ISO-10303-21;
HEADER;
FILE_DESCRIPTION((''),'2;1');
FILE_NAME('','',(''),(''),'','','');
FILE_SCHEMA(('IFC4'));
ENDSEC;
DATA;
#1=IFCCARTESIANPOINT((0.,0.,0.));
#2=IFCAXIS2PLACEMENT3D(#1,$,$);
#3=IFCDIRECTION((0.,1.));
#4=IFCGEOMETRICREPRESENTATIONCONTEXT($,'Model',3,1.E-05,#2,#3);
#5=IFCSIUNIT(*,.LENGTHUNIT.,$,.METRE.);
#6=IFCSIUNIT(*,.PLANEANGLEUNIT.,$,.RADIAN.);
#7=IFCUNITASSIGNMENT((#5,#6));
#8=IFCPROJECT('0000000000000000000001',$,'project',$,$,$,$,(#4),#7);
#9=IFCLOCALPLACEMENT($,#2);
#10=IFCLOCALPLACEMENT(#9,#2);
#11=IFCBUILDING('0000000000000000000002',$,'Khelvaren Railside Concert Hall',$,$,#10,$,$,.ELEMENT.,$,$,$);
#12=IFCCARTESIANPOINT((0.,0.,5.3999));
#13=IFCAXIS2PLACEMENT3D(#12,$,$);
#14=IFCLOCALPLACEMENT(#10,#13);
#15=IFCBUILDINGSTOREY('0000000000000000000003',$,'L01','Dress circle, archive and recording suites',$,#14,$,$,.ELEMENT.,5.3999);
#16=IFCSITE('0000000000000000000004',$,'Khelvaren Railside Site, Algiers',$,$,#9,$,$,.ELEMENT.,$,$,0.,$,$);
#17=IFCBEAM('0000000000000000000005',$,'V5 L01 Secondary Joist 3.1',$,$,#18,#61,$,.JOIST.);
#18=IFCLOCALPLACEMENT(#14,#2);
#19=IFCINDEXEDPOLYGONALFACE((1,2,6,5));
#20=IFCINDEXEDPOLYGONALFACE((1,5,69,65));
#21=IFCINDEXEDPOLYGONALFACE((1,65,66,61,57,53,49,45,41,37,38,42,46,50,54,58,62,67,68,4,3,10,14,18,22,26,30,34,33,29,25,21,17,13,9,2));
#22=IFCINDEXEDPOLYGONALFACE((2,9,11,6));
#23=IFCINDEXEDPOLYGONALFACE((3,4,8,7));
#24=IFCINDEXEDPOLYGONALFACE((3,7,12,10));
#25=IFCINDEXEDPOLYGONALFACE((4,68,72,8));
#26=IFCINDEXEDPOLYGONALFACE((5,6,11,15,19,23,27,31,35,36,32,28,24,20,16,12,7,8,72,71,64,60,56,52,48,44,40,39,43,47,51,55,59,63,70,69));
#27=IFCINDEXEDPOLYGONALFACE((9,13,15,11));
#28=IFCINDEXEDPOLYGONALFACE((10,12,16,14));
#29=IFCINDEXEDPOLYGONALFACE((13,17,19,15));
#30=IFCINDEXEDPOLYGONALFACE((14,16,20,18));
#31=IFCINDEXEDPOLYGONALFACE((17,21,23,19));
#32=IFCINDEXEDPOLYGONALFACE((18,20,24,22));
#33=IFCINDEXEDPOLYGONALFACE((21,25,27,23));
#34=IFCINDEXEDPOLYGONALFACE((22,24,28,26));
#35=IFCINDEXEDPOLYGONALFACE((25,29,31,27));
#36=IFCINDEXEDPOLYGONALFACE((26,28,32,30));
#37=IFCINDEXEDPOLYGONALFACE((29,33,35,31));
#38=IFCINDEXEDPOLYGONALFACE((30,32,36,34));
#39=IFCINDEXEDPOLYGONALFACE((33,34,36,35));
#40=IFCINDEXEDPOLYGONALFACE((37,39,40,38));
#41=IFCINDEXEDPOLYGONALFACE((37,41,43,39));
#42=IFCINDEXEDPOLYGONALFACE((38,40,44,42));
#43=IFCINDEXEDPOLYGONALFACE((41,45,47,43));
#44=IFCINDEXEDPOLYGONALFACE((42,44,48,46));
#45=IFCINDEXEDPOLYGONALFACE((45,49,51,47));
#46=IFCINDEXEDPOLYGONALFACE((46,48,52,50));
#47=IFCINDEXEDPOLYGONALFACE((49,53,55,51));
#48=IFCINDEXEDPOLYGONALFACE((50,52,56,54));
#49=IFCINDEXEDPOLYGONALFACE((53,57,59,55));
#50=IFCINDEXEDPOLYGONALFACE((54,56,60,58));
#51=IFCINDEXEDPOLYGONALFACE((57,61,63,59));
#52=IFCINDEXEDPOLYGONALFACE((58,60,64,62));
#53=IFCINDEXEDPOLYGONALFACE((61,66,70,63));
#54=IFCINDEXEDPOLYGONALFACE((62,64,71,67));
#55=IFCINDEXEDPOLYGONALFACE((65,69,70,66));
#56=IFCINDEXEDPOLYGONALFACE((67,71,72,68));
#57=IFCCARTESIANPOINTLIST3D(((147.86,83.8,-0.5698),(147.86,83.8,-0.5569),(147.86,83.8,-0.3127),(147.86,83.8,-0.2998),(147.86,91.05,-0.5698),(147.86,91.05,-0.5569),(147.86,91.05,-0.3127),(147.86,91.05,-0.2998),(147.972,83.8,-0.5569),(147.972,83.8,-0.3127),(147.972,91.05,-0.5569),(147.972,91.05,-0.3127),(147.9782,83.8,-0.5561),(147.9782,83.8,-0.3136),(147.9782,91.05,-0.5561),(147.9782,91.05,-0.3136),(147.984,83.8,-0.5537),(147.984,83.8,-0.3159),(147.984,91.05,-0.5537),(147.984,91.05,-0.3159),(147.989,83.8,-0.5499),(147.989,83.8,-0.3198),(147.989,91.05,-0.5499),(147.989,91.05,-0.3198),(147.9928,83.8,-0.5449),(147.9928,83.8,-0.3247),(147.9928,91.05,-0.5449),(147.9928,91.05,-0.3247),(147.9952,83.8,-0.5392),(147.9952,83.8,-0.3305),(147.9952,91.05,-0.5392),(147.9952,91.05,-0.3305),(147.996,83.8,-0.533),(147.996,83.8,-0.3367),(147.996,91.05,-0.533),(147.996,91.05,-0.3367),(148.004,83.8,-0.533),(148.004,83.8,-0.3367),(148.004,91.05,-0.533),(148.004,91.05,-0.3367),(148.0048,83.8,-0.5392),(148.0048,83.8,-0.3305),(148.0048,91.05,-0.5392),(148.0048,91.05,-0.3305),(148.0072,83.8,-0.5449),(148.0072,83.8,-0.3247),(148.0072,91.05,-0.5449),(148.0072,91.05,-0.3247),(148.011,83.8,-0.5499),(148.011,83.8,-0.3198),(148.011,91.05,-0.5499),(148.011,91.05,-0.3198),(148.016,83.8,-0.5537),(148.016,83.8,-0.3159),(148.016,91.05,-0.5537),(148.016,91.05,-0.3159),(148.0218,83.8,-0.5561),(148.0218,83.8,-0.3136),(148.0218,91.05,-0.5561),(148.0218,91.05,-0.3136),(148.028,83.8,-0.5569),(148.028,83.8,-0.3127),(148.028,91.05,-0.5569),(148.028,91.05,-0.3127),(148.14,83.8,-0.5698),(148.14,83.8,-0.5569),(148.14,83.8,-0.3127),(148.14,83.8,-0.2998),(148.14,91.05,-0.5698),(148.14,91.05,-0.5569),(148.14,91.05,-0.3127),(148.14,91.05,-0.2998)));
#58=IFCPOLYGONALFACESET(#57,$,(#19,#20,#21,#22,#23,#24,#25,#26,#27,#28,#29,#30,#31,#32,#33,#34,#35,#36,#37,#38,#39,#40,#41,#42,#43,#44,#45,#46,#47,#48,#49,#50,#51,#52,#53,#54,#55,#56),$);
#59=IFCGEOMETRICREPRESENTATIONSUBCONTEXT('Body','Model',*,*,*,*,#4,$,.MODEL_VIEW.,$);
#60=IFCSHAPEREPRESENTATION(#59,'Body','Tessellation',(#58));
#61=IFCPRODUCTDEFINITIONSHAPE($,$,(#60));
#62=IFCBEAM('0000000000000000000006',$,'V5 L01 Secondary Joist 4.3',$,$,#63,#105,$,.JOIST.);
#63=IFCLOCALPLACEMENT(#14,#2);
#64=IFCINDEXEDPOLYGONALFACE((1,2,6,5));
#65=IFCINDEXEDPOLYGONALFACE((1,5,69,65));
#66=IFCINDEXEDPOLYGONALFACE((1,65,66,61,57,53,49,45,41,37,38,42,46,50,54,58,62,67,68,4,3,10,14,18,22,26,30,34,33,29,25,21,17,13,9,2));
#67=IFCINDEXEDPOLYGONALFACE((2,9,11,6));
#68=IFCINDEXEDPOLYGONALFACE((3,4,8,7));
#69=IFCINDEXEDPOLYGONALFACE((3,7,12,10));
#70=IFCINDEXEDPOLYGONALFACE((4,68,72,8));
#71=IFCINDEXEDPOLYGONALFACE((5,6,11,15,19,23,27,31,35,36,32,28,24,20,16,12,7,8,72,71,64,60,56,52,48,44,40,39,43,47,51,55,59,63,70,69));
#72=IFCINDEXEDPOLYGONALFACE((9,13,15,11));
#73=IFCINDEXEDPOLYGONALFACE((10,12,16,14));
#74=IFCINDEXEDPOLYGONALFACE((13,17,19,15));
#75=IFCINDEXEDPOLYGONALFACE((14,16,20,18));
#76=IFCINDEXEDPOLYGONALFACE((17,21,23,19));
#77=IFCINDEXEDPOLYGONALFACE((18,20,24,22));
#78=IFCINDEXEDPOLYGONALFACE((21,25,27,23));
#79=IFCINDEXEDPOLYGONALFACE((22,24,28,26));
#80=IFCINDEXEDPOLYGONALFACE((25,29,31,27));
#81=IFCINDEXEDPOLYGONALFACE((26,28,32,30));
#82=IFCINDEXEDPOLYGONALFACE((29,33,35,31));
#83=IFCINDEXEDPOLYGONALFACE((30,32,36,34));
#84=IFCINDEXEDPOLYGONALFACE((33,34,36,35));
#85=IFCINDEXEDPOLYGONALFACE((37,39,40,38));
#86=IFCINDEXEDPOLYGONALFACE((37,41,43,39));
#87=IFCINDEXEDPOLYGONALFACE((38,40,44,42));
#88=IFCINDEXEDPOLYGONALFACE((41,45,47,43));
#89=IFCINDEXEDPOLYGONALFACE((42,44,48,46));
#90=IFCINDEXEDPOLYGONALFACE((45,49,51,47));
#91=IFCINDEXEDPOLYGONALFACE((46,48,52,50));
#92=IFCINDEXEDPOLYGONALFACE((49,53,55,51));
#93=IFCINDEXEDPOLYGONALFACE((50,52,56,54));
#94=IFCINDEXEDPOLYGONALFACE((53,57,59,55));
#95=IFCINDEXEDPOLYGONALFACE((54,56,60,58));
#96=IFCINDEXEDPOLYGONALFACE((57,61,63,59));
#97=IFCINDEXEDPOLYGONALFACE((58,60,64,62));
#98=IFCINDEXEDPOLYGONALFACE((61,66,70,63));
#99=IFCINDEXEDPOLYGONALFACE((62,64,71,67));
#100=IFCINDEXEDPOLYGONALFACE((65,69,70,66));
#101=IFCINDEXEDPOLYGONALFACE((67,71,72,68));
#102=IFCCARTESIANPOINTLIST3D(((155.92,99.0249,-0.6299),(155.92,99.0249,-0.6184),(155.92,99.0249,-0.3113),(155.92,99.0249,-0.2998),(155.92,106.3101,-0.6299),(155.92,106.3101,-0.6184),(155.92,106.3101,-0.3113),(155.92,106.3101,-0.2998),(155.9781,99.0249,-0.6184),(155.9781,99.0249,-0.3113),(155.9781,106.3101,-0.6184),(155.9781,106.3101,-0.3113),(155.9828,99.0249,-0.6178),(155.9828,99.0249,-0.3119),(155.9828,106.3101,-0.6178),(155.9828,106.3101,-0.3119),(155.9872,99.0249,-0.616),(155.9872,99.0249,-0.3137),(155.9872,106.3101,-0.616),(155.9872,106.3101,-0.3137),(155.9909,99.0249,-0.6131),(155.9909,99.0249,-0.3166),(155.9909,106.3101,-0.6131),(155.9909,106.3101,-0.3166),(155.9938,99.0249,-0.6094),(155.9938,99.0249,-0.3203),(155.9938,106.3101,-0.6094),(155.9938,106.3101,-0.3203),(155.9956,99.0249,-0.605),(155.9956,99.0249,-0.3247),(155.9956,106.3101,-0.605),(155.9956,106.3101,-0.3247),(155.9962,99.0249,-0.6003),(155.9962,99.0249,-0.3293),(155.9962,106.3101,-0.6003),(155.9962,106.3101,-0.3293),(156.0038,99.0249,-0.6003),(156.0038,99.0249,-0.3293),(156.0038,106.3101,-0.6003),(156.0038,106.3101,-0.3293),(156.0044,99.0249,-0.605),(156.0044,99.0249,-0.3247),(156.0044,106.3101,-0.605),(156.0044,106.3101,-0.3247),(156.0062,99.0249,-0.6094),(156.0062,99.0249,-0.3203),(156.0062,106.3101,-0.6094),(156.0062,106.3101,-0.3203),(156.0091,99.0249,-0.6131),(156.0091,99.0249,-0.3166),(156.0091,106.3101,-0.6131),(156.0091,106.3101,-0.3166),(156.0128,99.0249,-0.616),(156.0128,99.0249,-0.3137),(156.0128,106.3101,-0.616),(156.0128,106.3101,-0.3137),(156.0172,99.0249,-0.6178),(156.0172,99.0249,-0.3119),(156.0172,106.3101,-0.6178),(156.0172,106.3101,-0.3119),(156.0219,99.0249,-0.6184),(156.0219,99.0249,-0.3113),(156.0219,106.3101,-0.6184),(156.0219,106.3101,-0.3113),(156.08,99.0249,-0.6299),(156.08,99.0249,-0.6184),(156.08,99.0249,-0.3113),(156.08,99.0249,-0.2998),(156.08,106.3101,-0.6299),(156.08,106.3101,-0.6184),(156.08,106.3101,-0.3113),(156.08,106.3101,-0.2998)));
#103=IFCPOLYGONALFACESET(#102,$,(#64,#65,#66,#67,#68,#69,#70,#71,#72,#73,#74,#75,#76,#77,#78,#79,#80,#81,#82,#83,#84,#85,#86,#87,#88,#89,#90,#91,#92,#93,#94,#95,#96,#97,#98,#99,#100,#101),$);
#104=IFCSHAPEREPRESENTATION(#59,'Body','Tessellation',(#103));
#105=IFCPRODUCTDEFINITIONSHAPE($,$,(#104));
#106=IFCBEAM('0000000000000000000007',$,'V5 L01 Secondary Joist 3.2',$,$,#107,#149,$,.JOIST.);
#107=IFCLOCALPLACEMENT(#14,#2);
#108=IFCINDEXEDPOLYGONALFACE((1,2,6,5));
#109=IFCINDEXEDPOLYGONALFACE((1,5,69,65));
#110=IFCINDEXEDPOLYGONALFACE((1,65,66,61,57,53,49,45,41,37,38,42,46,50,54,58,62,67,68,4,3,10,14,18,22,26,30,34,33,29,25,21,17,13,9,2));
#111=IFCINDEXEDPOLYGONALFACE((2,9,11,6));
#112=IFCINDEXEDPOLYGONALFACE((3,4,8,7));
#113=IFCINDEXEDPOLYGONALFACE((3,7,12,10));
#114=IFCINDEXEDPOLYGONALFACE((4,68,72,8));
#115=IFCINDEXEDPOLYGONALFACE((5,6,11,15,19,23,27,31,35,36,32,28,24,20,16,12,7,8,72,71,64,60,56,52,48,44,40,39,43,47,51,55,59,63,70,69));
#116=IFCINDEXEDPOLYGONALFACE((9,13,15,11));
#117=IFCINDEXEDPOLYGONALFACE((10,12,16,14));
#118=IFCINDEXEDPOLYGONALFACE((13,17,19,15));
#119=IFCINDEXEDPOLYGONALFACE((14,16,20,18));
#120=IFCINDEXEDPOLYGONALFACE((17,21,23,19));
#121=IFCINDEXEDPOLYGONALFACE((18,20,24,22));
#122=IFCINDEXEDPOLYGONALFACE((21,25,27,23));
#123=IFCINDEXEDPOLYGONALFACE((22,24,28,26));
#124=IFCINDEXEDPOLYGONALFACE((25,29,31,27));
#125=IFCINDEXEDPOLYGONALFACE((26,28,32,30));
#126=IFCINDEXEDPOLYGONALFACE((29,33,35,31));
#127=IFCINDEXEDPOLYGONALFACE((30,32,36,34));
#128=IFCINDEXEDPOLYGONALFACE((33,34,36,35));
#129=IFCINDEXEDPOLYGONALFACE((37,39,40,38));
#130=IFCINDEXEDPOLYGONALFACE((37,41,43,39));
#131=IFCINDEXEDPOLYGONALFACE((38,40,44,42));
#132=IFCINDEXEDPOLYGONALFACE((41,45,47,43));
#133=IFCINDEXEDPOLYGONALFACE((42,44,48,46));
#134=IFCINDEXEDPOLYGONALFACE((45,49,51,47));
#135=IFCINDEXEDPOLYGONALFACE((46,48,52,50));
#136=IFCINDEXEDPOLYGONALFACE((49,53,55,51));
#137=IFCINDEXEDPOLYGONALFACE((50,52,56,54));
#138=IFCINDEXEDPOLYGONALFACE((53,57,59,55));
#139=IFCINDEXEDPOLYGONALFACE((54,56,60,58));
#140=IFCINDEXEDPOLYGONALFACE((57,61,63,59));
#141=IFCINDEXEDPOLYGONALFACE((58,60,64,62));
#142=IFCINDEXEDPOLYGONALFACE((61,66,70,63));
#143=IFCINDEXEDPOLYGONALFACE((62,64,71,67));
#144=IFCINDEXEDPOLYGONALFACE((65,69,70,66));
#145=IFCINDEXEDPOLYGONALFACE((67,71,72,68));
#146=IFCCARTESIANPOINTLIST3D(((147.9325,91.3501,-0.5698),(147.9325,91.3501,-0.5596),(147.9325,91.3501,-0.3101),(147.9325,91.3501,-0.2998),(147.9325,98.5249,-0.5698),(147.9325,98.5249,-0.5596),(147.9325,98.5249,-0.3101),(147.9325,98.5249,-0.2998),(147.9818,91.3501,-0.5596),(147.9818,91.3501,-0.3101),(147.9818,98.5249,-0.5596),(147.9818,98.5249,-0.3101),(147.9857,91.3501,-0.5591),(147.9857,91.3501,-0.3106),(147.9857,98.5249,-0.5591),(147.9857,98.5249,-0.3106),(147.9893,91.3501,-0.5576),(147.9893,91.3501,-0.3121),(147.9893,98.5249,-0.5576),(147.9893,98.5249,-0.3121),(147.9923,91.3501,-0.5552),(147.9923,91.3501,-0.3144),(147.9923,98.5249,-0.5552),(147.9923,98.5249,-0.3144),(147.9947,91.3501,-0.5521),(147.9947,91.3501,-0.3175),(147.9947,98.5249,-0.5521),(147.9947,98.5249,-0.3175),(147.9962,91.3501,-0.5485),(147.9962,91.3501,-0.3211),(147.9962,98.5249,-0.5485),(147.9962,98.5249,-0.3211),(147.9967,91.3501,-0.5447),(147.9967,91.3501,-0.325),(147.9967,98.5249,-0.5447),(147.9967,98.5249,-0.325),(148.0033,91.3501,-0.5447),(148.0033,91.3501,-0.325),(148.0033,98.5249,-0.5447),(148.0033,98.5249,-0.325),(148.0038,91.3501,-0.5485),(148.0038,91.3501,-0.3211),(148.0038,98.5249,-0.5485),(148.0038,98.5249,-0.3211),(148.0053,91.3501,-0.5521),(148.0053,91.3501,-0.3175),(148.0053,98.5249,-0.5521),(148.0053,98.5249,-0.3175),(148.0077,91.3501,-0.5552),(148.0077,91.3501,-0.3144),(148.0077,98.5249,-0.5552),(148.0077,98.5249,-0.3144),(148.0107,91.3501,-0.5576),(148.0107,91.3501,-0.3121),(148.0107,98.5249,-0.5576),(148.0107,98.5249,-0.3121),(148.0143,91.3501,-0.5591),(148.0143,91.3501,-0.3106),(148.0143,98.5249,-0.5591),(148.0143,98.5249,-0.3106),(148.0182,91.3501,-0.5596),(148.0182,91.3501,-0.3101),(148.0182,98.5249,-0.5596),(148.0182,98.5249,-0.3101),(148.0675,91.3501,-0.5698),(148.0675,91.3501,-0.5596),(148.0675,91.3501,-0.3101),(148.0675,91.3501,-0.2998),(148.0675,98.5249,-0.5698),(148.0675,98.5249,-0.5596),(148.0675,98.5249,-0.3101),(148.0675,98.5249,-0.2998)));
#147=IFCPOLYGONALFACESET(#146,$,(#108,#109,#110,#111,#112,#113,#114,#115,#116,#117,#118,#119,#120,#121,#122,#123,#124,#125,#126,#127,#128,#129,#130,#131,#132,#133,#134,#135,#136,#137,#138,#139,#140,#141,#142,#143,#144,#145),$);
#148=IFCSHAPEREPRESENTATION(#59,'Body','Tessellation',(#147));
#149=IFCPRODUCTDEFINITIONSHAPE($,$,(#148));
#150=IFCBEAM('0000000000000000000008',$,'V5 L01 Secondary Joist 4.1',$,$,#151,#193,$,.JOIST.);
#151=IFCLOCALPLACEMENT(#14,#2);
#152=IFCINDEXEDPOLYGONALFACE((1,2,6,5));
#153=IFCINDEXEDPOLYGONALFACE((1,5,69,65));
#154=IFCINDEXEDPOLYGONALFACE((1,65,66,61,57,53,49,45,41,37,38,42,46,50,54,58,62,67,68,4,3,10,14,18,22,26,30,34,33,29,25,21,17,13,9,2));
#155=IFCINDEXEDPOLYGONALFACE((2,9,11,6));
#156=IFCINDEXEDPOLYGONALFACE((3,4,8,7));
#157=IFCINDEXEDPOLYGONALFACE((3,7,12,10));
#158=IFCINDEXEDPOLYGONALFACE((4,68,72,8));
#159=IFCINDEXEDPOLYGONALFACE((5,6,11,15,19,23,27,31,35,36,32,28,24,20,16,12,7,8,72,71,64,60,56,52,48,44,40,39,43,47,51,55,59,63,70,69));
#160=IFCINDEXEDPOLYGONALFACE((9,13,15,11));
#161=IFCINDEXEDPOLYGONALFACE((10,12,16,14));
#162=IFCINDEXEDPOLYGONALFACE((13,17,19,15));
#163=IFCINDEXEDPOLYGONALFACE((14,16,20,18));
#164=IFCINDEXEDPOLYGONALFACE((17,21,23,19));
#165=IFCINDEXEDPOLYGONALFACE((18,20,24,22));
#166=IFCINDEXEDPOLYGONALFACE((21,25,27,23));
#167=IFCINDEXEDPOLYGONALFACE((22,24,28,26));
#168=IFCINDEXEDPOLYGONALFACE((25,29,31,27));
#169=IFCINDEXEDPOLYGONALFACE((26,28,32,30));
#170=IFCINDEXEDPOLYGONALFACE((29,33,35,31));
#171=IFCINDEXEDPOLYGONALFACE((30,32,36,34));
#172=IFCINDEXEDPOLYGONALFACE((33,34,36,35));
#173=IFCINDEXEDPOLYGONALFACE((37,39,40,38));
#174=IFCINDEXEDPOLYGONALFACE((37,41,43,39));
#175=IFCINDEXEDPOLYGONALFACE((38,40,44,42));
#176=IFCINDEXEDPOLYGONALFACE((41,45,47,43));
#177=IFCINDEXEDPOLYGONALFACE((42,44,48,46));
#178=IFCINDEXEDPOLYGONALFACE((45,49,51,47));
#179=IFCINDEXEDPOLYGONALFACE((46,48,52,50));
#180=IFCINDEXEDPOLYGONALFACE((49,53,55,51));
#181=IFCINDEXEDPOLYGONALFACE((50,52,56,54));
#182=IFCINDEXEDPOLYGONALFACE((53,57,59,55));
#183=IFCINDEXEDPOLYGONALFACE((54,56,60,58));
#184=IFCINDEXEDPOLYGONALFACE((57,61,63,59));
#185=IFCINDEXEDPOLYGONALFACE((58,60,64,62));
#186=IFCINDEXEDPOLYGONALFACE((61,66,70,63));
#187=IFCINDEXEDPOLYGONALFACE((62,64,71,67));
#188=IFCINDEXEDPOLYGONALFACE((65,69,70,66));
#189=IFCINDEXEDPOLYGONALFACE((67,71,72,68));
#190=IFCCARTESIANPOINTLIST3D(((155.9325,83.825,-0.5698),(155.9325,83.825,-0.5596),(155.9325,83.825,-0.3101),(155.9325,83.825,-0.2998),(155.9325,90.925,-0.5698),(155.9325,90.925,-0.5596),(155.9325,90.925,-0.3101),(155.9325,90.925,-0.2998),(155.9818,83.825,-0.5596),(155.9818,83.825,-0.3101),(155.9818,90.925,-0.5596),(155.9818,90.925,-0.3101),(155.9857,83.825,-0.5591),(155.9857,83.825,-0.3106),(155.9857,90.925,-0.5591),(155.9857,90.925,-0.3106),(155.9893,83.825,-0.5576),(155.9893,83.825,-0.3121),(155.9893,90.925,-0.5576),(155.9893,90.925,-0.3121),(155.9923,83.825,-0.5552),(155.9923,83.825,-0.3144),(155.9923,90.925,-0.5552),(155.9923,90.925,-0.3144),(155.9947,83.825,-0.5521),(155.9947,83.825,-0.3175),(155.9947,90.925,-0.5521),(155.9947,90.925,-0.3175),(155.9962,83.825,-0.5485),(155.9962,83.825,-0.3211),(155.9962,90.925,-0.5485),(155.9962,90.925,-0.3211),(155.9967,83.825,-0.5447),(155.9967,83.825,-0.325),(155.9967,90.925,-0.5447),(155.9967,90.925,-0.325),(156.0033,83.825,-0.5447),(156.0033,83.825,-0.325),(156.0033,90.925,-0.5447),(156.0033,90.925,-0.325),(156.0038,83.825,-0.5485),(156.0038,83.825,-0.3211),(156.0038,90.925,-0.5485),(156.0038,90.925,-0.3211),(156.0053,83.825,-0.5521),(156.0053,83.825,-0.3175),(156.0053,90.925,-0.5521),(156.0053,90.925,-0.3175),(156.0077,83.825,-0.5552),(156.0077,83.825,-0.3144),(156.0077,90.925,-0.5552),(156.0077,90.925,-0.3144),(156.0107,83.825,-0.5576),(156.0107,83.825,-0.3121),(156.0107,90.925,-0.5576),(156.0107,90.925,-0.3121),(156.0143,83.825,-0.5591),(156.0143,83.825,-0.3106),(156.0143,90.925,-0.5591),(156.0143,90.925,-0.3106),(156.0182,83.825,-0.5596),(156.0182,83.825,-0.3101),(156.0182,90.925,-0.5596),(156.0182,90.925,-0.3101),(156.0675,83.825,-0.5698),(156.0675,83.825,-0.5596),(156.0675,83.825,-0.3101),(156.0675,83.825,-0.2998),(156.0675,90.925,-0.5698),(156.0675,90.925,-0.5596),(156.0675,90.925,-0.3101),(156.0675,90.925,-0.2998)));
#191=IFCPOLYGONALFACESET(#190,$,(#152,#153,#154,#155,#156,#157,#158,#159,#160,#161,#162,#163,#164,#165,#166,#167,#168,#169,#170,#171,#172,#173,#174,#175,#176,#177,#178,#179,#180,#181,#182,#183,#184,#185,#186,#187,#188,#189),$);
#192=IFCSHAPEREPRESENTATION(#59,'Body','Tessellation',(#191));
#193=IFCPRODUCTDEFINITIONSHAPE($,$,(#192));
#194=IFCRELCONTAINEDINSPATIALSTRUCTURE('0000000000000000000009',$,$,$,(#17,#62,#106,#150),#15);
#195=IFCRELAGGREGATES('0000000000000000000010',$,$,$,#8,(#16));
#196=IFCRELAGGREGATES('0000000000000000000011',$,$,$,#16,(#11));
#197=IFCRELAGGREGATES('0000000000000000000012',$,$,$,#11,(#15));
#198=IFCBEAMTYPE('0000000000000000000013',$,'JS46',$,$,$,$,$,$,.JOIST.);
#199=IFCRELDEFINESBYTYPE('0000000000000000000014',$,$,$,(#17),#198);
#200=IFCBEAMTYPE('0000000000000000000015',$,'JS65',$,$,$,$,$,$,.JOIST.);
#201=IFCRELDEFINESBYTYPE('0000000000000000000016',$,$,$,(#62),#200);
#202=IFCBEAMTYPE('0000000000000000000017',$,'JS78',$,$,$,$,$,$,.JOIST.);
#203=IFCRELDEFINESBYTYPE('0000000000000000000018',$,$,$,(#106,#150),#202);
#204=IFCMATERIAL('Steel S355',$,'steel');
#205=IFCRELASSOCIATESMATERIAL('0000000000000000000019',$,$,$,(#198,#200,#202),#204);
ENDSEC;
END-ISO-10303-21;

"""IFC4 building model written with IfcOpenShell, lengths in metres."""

from ifc_helpers import new_model, si_unit, direction, frame, origin, origin_2d, place, context, subcontext, project, spatial, i_section, extrude, material, material_profile, profile_set, type_object, element, save


model = new_model("IFC4")

# Units and contexts
model_context = context("Model", 3, precision=1e-05, world=origin(), true_north=direction((0.0, 1.0)))
body_context = subcontext(model_context, "Body", "Model", "MODEL_VIEW")
ifc_project = project(units=[si_unit("LENGTHUNIT", "METRE"), si_unit("PLANEANGLEUNIT", "RADIAN")], contexts=[model_context])

# Site, building, storey
site_placement = place(None, origin())
site = spatial("IfcSite", under=ifc_project, at=site_placement, Name="Khelvaren Railside Site, Algiers", CompositionType="ELEMENT", RefElevation=0.0)
building_placement = place(site_placement, origin())
building = spatial("IfcBuilding", under=site, at=building_placement, Name="Khelvaren Railside Concert Hall", CompositionType="ELEMENT")
storey_placement = place(building_placement, frame((0.0, 0.0, 5.3999)))
storey = spatial("IfcBuildingStorey", under=building, at=storey_placement, Name="L01", Description="Dress circle, archive and recording suites", CompositionType="ELEMENT", Elevation=5.3999)

# Shared definitions
ifc_material_1 = material(Name="Steel S355", Category="steel")

# Beams
ifc_material_profile_1 = material_profile(ifc_material_1, i_section(OverallWidth=0.28, OverallDepth=0.27, WebThickness=0.0081, FlangeThickness=0.0129, FilletRadius=0.0239, at=origin_2d()), Name="HEA 280")
ifc_profile_set_1 = profile_set([ifc_material_profile_1], Name="Steel S355")
beam_type_1 = type_object("IfcBeamType", Name="JS46", PredefinedType="JOIST", material=ifc_profile_set_1)
beam_1_placement = place(storey_placement, frame((148.0, 83.8, -0.4348), z_axis=(0.0, 1.0, 0.0), x_axis=(-1.0, 0.0, 0.0)))
element("IfcBeam", 1, at=beam_1_placement, inside=storey, type_object=beam_type_1, Name="V5 L01 Secondary Joist 3.1", PredefinedType="JOIST", context=body_context, shape_type="SweptSolid", body=[
    extrude(i_section(OverallWidth=0.28, OverallDepth=0.27, WebThickness=0.0081, FlangeThickness=0.0129, FilletRadius=0.0239, at=origin_2d()), origin(), (0.0, 0.0, 1.0), 7.25),
])
ifc_material_profile_2 = material_profile(ifc_material_1, i_section(OverallWidth=0.1599, OverallDepth=0.3301, WebThickness=0.0076, FlangeThickness=0.0115, FilletRadius=0.0181, at=origin_2d()), Name="IPE 330")
ifc_profile_set_2 = profile_set([ifc_material_profile_2], Name="Steel S355")
beam_type_2 = type_object("IfcBeamType", Name="JS65", PredefinedType="JOIST", material=ifc_profile_set_2)
beam_2_placement = place(storey_placement, frame((156.0, 99.0249, -0.4648), z_axis=(0.0, 1.0, 0.0), x_axis=(-1.0, 0.0, 0.0)))
element("IfcBeam", 2, at=beam_2_placement, inside=storey, type_object=beam_type_2, Name="V5 L01 Secondary Joist 4.3", PredefinedType="JOIST", context=body_context, shape_type="SweptSolid", body=[
    extrude(i_section(OverallWidth=0.1599, OverallDepth=0.3301, WebThickness=0.0076, FlangeThickness=0.0115, FilletRadius=0.0181, at=origin_2d()), origin(), (0.0, 0.0, 1.0), 7.2852),
])
ifc_material_profile_3 = material_profile(ifc_material_1, i_section(OverallWidth=0.135, OverallDepth=0.27, WebThickness=0.0066, FlangeThickness=0.0103, FilletRadius=0.0149, at=origin_2d()), Name="IPE 270")
ifc_profile_set_3 = profile_set([ifc_material_profile_3], Name="Steel S355")
beam_type_3 = type_object("IfcBeamType", Name="JS78", PredefinedType="JOIST", material=ifc_profile_set_3)
beam_3_placement = place(storey_placement, frame((148.0, 91.3501, -0.4348), z_axis=(0.0, 1.0, 0.0), x_axis=(-1.0, 0.0, 0.0)))
element("IfcBeam", 3, at=beam_3_placement, inside=storey, type_object=beam_type_3, Name="V5 L01 Secondary Joist 3.2", PredefinedType="JOIST", context=body_context, shape_type="SweptSolid", body=[
    extrude(i_section(OverallWidth=0.135, OverallDepth=0.27, WebThickness=0.0066, FlangeThickness=0.0103, FilletRadius=0.0149, at=origin_2d()), origin(), (0.0, 0.0, 1.0), 7.1748),
])
beam_4_placement = place(storey_placement, frame((156.0, 83.825, -0.4348), z_axis=(0.0, 1.0, 0.0), x_axis=(-1.0, 0.0, 0.0)))
element("IfcBeam", 4, at=beam_4_placement, inside=storey, type_object=beam_type_3, Name="V5 L01 Secondary Joist 4.1", PredefinedType="JOIST", context=body_context, shape_type="SweptSolid", body=[
    extrude(i_section(OverallWidth=0.135, OverallDepth=0.27, WebThickness=0.0066, FlangeThickness=0.0103, FilletRadius=0.0149, at=origin_2d()), origin(), (0.0, 0.0, 1.0), 7.1001),
])

save(model, "model.ifc")
